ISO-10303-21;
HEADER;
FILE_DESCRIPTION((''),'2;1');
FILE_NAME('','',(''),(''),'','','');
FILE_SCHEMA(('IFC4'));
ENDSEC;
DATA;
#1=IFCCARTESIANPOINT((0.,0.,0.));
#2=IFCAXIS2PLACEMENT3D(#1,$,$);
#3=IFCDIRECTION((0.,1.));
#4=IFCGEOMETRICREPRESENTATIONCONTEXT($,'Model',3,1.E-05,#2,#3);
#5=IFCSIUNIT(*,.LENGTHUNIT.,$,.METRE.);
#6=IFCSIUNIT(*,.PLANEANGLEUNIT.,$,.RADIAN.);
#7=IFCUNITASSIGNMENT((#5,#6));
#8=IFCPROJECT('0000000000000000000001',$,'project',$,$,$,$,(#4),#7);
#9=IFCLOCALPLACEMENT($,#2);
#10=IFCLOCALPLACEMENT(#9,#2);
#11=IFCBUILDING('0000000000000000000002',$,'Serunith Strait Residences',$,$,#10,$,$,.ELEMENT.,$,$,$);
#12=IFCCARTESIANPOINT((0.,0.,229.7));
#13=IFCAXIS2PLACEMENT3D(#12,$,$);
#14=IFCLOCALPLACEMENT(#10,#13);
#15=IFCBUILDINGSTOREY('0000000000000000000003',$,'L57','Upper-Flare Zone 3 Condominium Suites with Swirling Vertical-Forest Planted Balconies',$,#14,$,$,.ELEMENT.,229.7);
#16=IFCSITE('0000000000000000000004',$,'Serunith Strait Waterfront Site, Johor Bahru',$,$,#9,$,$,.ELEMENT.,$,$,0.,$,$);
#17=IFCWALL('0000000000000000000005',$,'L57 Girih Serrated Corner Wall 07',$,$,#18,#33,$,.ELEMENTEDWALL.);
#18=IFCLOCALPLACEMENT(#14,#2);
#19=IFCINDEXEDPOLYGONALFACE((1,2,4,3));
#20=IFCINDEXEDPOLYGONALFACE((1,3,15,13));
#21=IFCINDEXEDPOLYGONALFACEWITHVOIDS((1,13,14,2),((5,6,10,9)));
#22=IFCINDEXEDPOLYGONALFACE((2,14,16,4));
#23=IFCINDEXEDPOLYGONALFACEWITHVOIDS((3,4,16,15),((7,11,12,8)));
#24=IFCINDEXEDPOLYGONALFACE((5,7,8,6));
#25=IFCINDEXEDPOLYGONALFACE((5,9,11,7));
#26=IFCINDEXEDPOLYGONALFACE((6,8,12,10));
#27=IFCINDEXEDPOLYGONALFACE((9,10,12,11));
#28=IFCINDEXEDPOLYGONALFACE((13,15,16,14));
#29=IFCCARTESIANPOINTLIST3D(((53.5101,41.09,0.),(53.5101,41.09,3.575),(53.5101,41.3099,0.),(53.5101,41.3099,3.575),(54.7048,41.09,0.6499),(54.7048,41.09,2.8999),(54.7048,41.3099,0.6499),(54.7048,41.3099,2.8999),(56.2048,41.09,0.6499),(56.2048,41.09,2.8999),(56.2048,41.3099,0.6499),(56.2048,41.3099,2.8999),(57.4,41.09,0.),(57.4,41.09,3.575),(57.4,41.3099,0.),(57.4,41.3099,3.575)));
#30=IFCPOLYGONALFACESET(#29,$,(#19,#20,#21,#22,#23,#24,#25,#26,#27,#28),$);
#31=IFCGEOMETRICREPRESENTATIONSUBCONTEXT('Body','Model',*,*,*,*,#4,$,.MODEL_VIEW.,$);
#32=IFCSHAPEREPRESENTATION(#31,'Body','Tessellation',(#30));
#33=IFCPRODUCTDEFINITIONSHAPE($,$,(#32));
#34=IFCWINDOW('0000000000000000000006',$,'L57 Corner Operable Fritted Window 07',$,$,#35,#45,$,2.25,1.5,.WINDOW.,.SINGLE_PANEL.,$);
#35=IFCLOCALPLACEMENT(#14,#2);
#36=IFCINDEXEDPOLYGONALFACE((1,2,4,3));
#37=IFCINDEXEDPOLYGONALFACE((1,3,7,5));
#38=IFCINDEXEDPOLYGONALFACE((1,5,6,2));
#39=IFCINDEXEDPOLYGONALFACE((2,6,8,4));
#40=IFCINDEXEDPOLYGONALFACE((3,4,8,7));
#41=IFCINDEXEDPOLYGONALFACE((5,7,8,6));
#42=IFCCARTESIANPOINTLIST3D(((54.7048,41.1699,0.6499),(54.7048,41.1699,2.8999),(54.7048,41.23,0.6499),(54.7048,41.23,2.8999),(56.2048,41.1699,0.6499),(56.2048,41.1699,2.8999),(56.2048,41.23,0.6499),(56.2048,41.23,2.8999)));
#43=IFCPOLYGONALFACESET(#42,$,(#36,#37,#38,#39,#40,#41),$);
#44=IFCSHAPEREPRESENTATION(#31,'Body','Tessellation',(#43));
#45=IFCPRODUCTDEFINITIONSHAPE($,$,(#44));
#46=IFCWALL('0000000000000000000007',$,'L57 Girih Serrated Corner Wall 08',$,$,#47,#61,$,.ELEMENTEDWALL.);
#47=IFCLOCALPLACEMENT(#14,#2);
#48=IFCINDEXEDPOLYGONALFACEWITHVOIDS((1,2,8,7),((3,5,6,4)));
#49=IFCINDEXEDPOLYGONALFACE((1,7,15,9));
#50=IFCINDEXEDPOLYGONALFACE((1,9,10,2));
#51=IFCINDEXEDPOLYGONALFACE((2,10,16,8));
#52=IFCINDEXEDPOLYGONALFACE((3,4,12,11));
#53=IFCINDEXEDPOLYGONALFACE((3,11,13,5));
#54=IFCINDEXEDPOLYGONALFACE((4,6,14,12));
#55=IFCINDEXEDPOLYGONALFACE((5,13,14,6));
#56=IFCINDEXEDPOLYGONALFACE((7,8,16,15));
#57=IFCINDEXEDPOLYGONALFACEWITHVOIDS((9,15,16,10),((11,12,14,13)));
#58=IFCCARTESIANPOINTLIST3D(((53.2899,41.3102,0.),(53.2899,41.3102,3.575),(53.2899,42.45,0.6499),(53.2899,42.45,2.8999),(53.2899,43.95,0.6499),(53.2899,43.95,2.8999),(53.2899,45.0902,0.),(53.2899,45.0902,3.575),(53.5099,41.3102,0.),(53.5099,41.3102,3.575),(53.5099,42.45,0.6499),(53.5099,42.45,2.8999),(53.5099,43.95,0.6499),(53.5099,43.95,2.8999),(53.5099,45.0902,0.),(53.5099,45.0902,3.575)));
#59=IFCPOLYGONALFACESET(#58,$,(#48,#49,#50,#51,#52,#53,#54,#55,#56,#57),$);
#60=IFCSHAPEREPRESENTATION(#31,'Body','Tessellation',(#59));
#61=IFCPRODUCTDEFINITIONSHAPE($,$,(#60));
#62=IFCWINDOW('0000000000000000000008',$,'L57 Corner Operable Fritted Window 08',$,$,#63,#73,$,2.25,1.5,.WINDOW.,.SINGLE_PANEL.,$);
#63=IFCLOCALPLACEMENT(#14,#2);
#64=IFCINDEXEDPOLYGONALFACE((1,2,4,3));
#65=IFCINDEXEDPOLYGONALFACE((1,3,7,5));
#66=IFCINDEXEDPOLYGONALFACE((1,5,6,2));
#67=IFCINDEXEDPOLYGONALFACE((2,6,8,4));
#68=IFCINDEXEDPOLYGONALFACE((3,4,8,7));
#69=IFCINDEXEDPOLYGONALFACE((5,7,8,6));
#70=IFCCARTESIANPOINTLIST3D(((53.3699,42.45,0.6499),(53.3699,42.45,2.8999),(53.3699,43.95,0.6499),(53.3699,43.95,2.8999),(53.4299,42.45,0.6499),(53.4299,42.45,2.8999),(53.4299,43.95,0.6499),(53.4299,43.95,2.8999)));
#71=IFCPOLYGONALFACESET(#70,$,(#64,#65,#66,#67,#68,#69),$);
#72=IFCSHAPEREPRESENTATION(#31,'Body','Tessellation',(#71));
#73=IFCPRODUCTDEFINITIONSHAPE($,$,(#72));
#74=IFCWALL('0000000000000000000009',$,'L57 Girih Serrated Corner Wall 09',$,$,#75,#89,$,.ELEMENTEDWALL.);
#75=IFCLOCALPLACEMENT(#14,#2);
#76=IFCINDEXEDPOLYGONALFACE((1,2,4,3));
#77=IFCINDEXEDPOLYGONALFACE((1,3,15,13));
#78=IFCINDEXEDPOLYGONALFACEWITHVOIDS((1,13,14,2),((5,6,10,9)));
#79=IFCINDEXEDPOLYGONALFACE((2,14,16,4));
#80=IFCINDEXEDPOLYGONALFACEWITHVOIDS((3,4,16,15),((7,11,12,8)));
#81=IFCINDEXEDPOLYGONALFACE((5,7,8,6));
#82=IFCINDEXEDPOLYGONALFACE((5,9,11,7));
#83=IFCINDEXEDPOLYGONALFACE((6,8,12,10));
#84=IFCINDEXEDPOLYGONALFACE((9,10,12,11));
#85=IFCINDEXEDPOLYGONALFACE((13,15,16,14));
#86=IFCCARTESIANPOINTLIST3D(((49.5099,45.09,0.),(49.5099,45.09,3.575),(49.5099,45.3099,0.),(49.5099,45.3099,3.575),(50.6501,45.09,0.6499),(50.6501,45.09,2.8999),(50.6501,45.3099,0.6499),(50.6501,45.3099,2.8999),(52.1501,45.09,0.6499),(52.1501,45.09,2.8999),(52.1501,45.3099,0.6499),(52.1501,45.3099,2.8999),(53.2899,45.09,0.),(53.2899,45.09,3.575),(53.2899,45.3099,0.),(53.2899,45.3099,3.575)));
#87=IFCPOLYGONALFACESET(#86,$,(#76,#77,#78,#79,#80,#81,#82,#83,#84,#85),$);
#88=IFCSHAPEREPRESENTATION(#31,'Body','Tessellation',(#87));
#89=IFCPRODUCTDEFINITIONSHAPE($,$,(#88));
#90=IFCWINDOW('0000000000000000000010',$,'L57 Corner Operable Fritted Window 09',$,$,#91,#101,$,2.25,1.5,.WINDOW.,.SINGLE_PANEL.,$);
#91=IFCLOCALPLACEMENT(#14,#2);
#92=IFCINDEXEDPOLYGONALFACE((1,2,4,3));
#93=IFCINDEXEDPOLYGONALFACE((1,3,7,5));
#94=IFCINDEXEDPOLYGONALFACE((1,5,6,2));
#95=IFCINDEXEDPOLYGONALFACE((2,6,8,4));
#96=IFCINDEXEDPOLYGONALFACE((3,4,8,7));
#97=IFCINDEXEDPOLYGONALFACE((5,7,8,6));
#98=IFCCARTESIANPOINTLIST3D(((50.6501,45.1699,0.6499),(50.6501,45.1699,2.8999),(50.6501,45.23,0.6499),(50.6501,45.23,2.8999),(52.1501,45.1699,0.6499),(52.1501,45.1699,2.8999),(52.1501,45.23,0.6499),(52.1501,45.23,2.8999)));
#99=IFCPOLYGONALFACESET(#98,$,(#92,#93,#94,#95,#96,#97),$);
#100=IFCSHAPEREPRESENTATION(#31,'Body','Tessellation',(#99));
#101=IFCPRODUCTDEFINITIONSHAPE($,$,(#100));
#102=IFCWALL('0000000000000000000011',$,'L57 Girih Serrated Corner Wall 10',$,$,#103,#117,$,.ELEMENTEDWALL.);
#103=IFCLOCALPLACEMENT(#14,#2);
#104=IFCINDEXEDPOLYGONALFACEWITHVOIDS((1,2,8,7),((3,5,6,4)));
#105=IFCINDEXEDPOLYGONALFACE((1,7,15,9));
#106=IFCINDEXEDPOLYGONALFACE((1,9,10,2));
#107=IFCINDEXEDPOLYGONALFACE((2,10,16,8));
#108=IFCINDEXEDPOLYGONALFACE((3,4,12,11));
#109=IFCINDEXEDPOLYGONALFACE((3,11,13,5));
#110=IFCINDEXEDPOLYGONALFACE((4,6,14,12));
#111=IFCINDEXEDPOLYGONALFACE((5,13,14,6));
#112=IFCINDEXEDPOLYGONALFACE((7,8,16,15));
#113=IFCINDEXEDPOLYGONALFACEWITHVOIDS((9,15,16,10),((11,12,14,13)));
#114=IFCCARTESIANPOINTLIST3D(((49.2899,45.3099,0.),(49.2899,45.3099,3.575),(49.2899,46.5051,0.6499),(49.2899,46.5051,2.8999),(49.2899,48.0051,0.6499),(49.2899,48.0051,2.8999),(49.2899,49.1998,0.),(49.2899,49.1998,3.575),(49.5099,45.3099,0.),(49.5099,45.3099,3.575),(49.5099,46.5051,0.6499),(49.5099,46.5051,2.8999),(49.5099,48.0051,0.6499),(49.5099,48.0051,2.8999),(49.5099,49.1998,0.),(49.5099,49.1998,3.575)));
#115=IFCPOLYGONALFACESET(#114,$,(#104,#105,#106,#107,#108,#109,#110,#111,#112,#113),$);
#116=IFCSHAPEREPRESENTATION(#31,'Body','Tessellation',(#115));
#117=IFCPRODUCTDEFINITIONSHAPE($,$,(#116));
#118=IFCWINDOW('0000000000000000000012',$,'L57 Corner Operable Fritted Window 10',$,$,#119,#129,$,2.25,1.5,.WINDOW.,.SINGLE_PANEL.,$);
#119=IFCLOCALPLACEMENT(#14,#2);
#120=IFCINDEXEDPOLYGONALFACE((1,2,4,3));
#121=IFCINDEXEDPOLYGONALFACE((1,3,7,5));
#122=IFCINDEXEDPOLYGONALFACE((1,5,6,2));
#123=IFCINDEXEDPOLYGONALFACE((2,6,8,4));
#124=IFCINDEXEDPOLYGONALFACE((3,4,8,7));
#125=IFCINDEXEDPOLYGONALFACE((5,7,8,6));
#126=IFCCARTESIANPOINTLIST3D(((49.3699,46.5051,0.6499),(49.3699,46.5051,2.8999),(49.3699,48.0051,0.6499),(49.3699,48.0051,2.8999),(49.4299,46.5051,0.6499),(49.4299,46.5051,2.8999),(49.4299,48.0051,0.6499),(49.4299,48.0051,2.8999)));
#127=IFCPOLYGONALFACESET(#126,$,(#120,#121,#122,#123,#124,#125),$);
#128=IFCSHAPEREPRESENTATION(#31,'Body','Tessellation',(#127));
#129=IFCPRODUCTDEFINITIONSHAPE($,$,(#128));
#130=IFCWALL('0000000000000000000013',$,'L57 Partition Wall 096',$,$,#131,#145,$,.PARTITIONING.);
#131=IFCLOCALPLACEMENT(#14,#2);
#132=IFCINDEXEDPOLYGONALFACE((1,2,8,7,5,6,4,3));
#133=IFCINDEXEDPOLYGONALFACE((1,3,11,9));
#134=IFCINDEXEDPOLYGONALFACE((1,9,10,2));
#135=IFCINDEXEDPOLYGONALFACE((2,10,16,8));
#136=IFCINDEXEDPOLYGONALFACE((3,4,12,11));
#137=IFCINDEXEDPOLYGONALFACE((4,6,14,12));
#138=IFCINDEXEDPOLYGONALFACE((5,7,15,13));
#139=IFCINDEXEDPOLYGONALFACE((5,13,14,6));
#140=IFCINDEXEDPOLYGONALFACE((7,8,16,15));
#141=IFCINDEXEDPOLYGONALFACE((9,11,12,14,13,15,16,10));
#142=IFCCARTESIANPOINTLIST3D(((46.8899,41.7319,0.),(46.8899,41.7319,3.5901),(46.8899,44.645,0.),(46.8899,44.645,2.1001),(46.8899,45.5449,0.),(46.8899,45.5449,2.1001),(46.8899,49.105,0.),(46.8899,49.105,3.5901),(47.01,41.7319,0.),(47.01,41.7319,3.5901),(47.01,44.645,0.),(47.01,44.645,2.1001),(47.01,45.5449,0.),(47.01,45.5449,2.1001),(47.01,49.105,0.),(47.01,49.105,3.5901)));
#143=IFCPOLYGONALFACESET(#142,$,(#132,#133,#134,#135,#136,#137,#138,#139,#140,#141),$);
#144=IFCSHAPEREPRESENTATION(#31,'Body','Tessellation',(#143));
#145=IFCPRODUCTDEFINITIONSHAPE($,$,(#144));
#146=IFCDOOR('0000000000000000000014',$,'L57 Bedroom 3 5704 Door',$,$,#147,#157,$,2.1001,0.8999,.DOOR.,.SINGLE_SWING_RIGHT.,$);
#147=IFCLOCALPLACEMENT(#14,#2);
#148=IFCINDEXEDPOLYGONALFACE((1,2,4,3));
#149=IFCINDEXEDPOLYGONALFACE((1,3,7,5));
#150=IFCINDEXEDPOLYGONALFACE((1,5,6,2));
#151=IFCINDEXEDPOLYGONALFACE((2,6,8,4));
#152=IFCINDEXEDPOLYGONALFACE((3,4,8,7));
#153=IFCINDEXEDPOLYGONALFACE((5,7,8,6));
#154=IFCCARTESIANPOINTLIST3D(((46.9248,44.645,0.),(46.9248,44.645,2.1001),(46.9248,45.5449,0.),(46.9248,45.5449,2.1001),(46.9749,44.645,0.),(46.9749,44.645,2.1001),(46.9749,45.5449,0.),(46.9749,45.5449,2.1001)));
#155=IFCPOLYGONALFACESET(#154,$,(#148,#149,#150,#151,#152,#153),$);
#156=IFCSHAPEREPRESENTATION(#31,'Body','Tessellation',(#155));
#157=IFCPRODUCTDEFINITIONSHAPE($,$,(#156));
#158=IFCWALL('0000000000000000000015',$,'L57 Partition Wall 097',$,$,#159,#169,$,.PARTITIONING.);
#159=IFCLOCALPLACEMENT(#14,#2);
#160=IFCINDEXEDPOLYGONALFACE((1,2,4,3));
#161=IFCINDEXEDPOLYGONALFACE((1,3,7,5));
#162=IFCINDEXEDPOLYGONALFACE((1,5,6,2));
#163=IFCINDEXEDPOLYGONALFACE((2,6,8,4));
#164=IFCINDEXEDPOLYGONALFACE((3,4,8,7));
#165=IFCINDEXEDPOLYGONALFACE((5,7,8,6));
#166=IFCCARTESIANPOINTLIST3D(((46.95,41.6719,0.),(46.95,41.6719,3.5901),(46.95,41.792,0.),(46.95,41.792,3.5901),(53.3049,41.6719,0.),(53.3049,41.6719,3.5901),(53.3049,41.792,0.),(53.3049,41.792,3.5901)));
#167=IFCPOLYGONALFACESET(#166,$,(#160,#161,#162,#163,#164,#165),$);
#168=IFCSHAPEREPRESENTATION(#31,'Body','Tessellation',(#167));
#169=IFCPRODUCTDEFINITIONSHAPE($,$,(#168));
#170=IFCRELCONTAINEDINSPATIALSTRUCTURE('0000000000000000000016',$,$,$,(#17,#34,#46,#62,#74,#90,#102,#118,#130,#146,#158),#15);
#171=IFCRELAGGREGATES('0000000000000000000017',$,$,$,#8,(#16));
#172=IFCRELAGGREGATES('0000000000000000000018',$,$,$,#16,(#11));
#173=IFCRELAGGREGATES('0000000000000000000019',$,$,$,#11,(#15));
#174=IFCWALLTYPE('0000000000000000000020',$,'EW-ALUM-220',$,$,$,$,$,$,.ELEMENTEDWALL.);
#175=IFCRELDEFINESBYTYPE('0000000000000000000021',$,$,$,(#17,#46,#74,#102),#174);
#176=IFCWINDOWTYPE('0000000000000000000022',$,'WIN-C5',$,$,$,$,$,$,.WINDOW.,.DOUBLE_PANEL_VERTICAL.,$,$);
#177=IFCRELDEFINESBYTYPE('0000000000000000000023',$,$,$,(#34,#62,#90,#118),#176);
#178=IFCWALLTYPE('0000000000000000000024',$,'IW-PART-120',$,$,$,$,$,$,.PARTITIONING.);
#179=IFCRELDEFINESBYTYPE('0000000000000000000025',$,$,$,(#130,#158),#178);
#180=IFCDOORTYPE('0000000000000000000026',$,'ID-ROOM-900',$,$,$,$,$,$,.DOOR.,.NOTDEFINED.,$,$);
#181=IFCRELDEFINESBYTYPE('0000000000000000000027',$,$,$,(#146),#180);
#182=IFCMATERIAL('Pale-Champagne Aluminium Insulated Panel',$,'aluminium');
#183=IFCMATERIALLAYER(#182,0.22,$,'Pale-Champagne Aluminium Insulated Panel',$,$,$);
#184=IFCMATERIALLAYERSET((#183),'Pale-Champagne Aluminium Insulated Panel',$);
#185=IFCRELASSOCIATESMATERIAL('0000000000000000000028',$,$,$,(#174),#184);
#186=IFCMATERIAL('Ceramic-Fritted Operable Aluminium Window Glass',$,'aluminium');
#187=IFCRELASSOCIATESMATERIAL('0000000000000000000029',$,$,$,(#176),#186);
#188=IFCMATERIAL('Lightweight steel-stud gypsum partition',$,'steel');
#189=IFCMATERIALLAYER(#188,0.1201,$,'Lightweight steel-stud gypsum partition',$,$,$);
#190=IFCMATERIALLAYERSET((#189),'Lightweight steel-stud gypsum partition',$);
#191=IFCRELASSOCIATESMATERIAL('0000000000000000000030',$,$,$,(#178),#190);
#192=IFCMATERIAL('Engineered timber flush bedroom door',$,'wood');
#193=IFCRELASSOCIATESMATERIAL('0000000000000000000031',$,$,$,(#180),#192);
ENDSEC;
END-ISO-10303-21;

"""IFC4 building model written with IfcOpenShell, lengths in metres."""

from ifc_helpers import new_model, si_unit, direction, frame, frame_2d, origin, place, context, subcontext, project, spatial, rectangle, extrude, source, transform, mapped, material, layer, layer_set, type_object, element, fill, save


model = new_model("IFC4")

# Units and contexts
model_context = context("Model", 3, precision=1e-05, world=origin(), true_north=direction((0.0, 1.0)))
body_context = subcontext(model_context, "Body", "Model", "MODEL_VIEW")
ifc_project = project(units=[si_unit("LENGTHUNIT", "METRE"), si_unit("PLANEANGLEUNIT", "RADIAN")], contexts=[model_context])

# Site, building, storey
site_placement = place(None, origin())
site = spatial("IfcSite", under=ifc_project, at=site_placement, Name="Serunith Strait Waterfront Site, Johor Bahru", CompositionType="ELEMENT", RefElevation=0.0)
building_placement = place(site_placement, origin())
building = spatial("IfcBuilding", under=site, at=building_placement, Name="Serunith Strait Residences", CompositionType="ELEMENT")
storey_placement = place(building_placement, frame((0.0, 0.0, 229.7)))
storey = spatial("IfcBuildingStorey", under=building, at=storey_placement, Name="L57", Description="Upper-Flare Zone 3 Condominium Suites with Swirling Vertical-Forest Planted Balconies", CompositionType="ELEMENT", Elevation=229.7)

# Walls, openings, windows
ifc_material_1 = material(Name="Pale-Champagne Aluminium Insulated Panel", Category="aluminium")
ifc_layer_1 = layer(ifc_material_1, 0.22, Name="Pale-Champagne Aluminium Insulated Panel")
ifc_layer_set_1 = layer_set([ifc_layer_1], Name="Pale-Champagne Aluminium Insulated Panel")
wall_type_1 = type_object("IfcWallType", Name="EW-ALUM-220", PredefinedType="ELEMENTEDWALL", material=ifc_layer_set_1)
wall_1_placement = place(storey_placement, frame((57.3999, 41.2, 0.0), z_axis=(0.0, 0.0, 1.0), x_axis=(-1.0, 0.0, 0.0)))
wall_1 = element("IfcWall", 1, at=wall_1_placement, inside=storey, type_object=wall_type_1, Name="L57 Girih Serrated Corner Wall 07", PredefinedType="ELEMENTEDWALL", context=body_context, shape_type="SweptSolid", body=[
    extrude(rectangle(XDim=3.8899, YDim=0.22, at=frame_2d((1.9448, 0.0))), origin(), (0.0, 0.0, 1.0), 3.575),
])
opening_1_placement = place(wall_1_placement, frame((1.1951, 0.0, 0.6499)))
opening_1 = element("IfcOpeningElement", 2, at=opening_1_placement, cuts=wall_1, PredefinedType="OPENING", context=body_context, shape_type="SweptSolid", body=[
    extrude(rectangle(XDim=1.5, YDim=2.25, at=frame_2d((0.75, 1.125))), frame((0.0, 0.1201, 0.0), z_axis=(0.0, -1.0, 0.0), x_axis=(1.0, 0.0, 0.0)), (0.0, 0.0, 1.0), 0.24),
])
ifc_material_2 = material(Name="Ceramic-Fritted Operable Aluminium Window Glass", Category="aluminium")
window_type = type_object("IfcWindowType", Name="WIN-C5", PartitioningType="DOUBLE_PANEL_VERTICAL", PredefinedType="WINDOW", material=ifc_material_2)
shared_shape_1 = source(origin(), body_context, "Body", "SweptSolid", [
    extrude(rectangle(XDim=1.5, YDim=2.25, at=frame_2d((0.75, 1.125))), frame((0.0, 0.03, 0.0), z_axis=(0.0, -1.0, 0.0), x_axis=(1.0, 0.0, 0.0)), (0.0, 0.0, 1.0), 0.0601),
])
window_1_placement = place(opening_1_placement, origin())
window_1 = element("IfcWindow", 3, at=window_1_placement, inside=storey, type_object=window_type, Name="L57 Corner Operable Fritted Window 07", OverallHeight=2.25, OverallWidth=1.5, PartitioningType="SINGLE_PANEL", PredefinedType="WINDOW", context=body_context, shape_type="MappedRepresentation", body=[
    mapped(shared_shape_1, transform((0.0, 0.0, 0.0), scale=1.0)),
])
fill(opening_1, window_1)
wall_2_placement = place(storey_placement, frame((53.3999, 41.3101, 0.0), z_axis=(0.0, 0.0, 1.0), x_axis=(0.0, 1.0, 0.0)))
wall_2 = element("IfcWall", 4, at=wall_2_placement, inside=storey, type_object=wall_type_1, Name="L57 Girih Serrated Corner Wall 08", PredefinedType="ELEMENTEDWALL", context=body_context, shape_type="SweptSolid", body=[
    extrude(rectangle(XDim=3.78, YDim=0.22, at=frame_2d((1.8901, 0.0))), origin(), (0.0, 0.0, 1.0), 3.575),
])
opening_2_placement = place(wall_2_placement, frame((1.1399, 0.0, 0.6499)))
opening_2 = element("IfcOpeningElement", 5, at=opening_2_placement, cuts=wall_2, PredefinedType="OPENING", context=body_context, shape_type="SweptSolid", body=[
    extrude(rectangle(XDim=1.5, YDim=2.25, at=frame_2d((0.75, 1.125))), frame((0.0, 0.1201, 0.0), z_axis=(0.0, -1.0, 0.0), x_axis=(1.0, 0.0, 0.0)), (0.0, 0.0, 1.0), 0.24),
])
window_2_placement = place(opening_2_placement, origin())
window_2 = element("IfcWindow", 6, at=window_2_placement, inside=storey, type_object=window_type, Name="L57 Corner Operable Fritted Window 08", OverallHeight=2.25, OverallWidth=1.5, PartitioningType="SINGLE_PANEL", PredefinedType="WINDOW", context=body_context, shape_type="MappedRepresentation", body=[
    mapped(shared_shape_1, transform((0.0, 0.0, 0.0), scale=1.0)),
])
fill(opening_2, window_2)
wall_3_placement = place(storey_placement, frame((53.29, 45.2, 0.0), z_axis=(0.0, 0.0, 1.0), x_axis=(-1.0, 0.0, 0.0)))
wall_3 = element("IfcWall", 7, at=wall_3_placement, inside=storey, type_object=wall_type_1, Name="L57 Girih Serrated Corner Wall 09", PredefinedType="ELEMENTEDWALL", context=body_context, shape_type="SweptSolid", body=[
    extrude(rectangle(XDim=3.78, YDim=0.22, at=frame_2d((1.8901, 0.0))), origin(), (0.0, 0.0, 1.0), 3.575),
])
opening_3_placement = place(wall_3_placement, frame((1.1399, 0.0, 0.6499)))
opening_3 = element("IfcOpeningElement", 8, at=opening_3_placement, cuts=wall_3, PredefinedType="OPENING", context=body_context, shape_type="SweptSolid", body=[
    extrude(rectangle(XDim=1.5, YDim=2.25, at=frame_2d((0.75, 1.125))), frame((0.0, 0.1201, 0.0), z_axis=(0.0, -1.0, 0.0), x_axis=(1.0, 0.0, 0.0)), (0.0, 0.0, 1.0), 0.24),
])
window_3_placement = place(opening_3_placement, origin())
window_3 = element("IfcWindow", 9, at=window_3_placement, inside=storey, type_object=window_type, Name="L57 Corner Operable Fritted Window 09", OverallHeight=2.25, OverallWidth=1.5, PartitioningType="SINGLE_PANEL", PredefinedType="WINDOW", context=body_context, shape_type="MappedRepresentation", body=[
    mapped(shared_shape_1, transform((0.0, 0.0, 0.0), scale=1.0)),
])
fill(opening_3, window_3)
wall_4_placement = place(storey_placement, frame((49.3999, 45.3101, 0.0), z_axis=(0.0, 0.0, 1.0), x_axis=(0.0, 1.0, 0.0)))
wall_4 = element("IfcWall", 10, at=wall_4_placement, inside=storey, type_object=wall_type_1, Name="L57 Girih Serrated Corner Wall 10", PredefinedType="ELEMENTEDWALL", context=body_context, shape_type="SweptSolid", body=[
    extrude(rectangle(XDim=3.8899, YDim=0.22, at=frame_2d((1.9448, 0.0))), origin(), (0.0, 0.0, 1.0), 3.575),
])
opening_4_placement = place(wall_4_placement, frame((1.1951, 0.0, 0.6499)))
opening_4 = element("IfcOpeningElement", 11, at=opening_4_placement, cuts=wall_4, PredefinedType="OPENING", context=body_context, shape_type="SweptSolid", body=[
    extrude(rectangle(XDim=1.5, YDim=2.25, at=frame_2d((0.75, 1.125))), frame((0.0, 0.1201, 0.0), z_axis=(0.0, -1.0, 0.0), x_axis=(1.0, 0.0, 0.0)), (0.0, 0.0, 1.0), 0.24),
])
window_4_placement = place(opening_4_placement, origin())
window_4 = element("IfcWindow", 12, at=window_4_placement, inside=storey, type_object=window_type, Name="L57 Corner Operable Fritted Window 10", OverallHeight=2.25, OverallWidth=1.5, PartitioningType="SINGLE_PANEL", PredefinedType="WINDOW", context=body_context, shape_type="MappedRepresentation", body=[
    mapped(shared_shape_1, transform((0.0, 0.0, 0.0), scale=1.0)),
])
fill(opening_4, window_4)

# Wall, opening, door
ifc_material_3 = material(Name="Lightweight steel-stud gypsum partition", Category="steel")
ifc_layer_2 = layer(ifc_material_3, 0.1201, Name="Lightweight steel-stud gypsum partition")
ifc_layer_set_2 = layer_set([ifc_layer_2], Name="Lightweight steel-stud gypsum partition")
wall_type_2 = type_object("IfcWallType", Name="IW-PART-120", PredefinedType="PARTITIONING", material=ifc_layer_set_2)
wall_5_placement = place(storey_placement, frame((46.95, 49.105, 0.0), z_axis=(0.0, 0.0, 1.0), x_axis=(0.0, -1.0, 0.0)))
wall_5 = element("IfcWall", 13, at=wall_5_placement, inside=storey, type_object=wall_type_2, Name="L57 Partition Wall 096", PredefinedType="PARTITIONING", context=body_context, shape_type="SweptSolid", body=[
    extrude(rectangle(XDim=7.373, YDim=0.1201, at=frame_2d((3.6865, 0.0))), origin(), (0.0, 0.0, 1.0), 3.5901),
])
opening_5_placement = place(wall_5_placement, frame((3.5601, 0.0, 0.0)))
opening_5 = element("IfcOpeningElement", 14, at=opening_5_placement, cuts=wall_5, PredefinedType="OPENING", context=body_context, shape_type="SweptSolid", body=[
    extrude(rectangle(XDim=0.8999, YDim=2.1001, at=frame_2d((0.45, 1.05))), frame((0.0, 0.0701, 0.0), z_axis=(0.0, -1.0, 0.0), x_axis=(1.0, 0.0, 0.0)), (0.0, 0.0, 1.0), 0.1401),
])
ifc_material_4 = material(Name="Engineered timber flush bedroom door", Category="wood")
door_type_1 = type_object("IfcDoorType", Name="ID-ROOM-900", OperationType="NOTDEFINED", PredefinedType="DOOR", material=ifc_material_4)
shared_shape_2 = source(origin(), body_context, "Body", "SweptSolid", [
    extrude(rectangle(XDim=0.8999, YDim=2.1001, at=frame_2d((0.45, 1.05))), frame((0.0, 0.0249, 0.0), z_axis=(0.0, -1.0, 0.0), x_axis=(1.0, 0.0, 0.0)), (0.0, 0.0, 1.0), 0.05),
])
door_1_placement = place(opening_5_placement, origin())
door_1 = element("IfcDoor", 15, at=door_1_placement, inside=storey, type_object=door_type_1, Name="L57 Bedroom 3 5704 Door", OperationType="SINGLE_SWING_RIGHT", OverallHeight=2.1001, OverallWidth=0.8999, PredefinedType="DOOR", context=body_context, shape_type="MappedRepresentation", body=[
    mapped(shared_shape_2, transform((0.0, 0.0, 0.0), scale=1.0)),
])
fill(opening_5, door_1)

# Wall
wall_6_placement = place(storey_placement, frame((46.95, 41.7319, 0.0), z_axis=(0.0, 0.0, 1.0), x_axis=(1.0, 0.0, 0.0)))
element("IfcWall", 16, at=wall_6_placement, inside=storey, type_object=wall_type_2, Name="L57 Partition Wall 097", PredefinedType="PARTITIONING", context=body_context, shape_type="SweptSolid", body=[
    extrude(rectangle(XDim=6.355, YDim=0.1201, at=frame_2d((3.1775, 0.0))), origin(), (0.0, 0.0, 1.0), 3.5901),
])

save(model, "model.ifc")
